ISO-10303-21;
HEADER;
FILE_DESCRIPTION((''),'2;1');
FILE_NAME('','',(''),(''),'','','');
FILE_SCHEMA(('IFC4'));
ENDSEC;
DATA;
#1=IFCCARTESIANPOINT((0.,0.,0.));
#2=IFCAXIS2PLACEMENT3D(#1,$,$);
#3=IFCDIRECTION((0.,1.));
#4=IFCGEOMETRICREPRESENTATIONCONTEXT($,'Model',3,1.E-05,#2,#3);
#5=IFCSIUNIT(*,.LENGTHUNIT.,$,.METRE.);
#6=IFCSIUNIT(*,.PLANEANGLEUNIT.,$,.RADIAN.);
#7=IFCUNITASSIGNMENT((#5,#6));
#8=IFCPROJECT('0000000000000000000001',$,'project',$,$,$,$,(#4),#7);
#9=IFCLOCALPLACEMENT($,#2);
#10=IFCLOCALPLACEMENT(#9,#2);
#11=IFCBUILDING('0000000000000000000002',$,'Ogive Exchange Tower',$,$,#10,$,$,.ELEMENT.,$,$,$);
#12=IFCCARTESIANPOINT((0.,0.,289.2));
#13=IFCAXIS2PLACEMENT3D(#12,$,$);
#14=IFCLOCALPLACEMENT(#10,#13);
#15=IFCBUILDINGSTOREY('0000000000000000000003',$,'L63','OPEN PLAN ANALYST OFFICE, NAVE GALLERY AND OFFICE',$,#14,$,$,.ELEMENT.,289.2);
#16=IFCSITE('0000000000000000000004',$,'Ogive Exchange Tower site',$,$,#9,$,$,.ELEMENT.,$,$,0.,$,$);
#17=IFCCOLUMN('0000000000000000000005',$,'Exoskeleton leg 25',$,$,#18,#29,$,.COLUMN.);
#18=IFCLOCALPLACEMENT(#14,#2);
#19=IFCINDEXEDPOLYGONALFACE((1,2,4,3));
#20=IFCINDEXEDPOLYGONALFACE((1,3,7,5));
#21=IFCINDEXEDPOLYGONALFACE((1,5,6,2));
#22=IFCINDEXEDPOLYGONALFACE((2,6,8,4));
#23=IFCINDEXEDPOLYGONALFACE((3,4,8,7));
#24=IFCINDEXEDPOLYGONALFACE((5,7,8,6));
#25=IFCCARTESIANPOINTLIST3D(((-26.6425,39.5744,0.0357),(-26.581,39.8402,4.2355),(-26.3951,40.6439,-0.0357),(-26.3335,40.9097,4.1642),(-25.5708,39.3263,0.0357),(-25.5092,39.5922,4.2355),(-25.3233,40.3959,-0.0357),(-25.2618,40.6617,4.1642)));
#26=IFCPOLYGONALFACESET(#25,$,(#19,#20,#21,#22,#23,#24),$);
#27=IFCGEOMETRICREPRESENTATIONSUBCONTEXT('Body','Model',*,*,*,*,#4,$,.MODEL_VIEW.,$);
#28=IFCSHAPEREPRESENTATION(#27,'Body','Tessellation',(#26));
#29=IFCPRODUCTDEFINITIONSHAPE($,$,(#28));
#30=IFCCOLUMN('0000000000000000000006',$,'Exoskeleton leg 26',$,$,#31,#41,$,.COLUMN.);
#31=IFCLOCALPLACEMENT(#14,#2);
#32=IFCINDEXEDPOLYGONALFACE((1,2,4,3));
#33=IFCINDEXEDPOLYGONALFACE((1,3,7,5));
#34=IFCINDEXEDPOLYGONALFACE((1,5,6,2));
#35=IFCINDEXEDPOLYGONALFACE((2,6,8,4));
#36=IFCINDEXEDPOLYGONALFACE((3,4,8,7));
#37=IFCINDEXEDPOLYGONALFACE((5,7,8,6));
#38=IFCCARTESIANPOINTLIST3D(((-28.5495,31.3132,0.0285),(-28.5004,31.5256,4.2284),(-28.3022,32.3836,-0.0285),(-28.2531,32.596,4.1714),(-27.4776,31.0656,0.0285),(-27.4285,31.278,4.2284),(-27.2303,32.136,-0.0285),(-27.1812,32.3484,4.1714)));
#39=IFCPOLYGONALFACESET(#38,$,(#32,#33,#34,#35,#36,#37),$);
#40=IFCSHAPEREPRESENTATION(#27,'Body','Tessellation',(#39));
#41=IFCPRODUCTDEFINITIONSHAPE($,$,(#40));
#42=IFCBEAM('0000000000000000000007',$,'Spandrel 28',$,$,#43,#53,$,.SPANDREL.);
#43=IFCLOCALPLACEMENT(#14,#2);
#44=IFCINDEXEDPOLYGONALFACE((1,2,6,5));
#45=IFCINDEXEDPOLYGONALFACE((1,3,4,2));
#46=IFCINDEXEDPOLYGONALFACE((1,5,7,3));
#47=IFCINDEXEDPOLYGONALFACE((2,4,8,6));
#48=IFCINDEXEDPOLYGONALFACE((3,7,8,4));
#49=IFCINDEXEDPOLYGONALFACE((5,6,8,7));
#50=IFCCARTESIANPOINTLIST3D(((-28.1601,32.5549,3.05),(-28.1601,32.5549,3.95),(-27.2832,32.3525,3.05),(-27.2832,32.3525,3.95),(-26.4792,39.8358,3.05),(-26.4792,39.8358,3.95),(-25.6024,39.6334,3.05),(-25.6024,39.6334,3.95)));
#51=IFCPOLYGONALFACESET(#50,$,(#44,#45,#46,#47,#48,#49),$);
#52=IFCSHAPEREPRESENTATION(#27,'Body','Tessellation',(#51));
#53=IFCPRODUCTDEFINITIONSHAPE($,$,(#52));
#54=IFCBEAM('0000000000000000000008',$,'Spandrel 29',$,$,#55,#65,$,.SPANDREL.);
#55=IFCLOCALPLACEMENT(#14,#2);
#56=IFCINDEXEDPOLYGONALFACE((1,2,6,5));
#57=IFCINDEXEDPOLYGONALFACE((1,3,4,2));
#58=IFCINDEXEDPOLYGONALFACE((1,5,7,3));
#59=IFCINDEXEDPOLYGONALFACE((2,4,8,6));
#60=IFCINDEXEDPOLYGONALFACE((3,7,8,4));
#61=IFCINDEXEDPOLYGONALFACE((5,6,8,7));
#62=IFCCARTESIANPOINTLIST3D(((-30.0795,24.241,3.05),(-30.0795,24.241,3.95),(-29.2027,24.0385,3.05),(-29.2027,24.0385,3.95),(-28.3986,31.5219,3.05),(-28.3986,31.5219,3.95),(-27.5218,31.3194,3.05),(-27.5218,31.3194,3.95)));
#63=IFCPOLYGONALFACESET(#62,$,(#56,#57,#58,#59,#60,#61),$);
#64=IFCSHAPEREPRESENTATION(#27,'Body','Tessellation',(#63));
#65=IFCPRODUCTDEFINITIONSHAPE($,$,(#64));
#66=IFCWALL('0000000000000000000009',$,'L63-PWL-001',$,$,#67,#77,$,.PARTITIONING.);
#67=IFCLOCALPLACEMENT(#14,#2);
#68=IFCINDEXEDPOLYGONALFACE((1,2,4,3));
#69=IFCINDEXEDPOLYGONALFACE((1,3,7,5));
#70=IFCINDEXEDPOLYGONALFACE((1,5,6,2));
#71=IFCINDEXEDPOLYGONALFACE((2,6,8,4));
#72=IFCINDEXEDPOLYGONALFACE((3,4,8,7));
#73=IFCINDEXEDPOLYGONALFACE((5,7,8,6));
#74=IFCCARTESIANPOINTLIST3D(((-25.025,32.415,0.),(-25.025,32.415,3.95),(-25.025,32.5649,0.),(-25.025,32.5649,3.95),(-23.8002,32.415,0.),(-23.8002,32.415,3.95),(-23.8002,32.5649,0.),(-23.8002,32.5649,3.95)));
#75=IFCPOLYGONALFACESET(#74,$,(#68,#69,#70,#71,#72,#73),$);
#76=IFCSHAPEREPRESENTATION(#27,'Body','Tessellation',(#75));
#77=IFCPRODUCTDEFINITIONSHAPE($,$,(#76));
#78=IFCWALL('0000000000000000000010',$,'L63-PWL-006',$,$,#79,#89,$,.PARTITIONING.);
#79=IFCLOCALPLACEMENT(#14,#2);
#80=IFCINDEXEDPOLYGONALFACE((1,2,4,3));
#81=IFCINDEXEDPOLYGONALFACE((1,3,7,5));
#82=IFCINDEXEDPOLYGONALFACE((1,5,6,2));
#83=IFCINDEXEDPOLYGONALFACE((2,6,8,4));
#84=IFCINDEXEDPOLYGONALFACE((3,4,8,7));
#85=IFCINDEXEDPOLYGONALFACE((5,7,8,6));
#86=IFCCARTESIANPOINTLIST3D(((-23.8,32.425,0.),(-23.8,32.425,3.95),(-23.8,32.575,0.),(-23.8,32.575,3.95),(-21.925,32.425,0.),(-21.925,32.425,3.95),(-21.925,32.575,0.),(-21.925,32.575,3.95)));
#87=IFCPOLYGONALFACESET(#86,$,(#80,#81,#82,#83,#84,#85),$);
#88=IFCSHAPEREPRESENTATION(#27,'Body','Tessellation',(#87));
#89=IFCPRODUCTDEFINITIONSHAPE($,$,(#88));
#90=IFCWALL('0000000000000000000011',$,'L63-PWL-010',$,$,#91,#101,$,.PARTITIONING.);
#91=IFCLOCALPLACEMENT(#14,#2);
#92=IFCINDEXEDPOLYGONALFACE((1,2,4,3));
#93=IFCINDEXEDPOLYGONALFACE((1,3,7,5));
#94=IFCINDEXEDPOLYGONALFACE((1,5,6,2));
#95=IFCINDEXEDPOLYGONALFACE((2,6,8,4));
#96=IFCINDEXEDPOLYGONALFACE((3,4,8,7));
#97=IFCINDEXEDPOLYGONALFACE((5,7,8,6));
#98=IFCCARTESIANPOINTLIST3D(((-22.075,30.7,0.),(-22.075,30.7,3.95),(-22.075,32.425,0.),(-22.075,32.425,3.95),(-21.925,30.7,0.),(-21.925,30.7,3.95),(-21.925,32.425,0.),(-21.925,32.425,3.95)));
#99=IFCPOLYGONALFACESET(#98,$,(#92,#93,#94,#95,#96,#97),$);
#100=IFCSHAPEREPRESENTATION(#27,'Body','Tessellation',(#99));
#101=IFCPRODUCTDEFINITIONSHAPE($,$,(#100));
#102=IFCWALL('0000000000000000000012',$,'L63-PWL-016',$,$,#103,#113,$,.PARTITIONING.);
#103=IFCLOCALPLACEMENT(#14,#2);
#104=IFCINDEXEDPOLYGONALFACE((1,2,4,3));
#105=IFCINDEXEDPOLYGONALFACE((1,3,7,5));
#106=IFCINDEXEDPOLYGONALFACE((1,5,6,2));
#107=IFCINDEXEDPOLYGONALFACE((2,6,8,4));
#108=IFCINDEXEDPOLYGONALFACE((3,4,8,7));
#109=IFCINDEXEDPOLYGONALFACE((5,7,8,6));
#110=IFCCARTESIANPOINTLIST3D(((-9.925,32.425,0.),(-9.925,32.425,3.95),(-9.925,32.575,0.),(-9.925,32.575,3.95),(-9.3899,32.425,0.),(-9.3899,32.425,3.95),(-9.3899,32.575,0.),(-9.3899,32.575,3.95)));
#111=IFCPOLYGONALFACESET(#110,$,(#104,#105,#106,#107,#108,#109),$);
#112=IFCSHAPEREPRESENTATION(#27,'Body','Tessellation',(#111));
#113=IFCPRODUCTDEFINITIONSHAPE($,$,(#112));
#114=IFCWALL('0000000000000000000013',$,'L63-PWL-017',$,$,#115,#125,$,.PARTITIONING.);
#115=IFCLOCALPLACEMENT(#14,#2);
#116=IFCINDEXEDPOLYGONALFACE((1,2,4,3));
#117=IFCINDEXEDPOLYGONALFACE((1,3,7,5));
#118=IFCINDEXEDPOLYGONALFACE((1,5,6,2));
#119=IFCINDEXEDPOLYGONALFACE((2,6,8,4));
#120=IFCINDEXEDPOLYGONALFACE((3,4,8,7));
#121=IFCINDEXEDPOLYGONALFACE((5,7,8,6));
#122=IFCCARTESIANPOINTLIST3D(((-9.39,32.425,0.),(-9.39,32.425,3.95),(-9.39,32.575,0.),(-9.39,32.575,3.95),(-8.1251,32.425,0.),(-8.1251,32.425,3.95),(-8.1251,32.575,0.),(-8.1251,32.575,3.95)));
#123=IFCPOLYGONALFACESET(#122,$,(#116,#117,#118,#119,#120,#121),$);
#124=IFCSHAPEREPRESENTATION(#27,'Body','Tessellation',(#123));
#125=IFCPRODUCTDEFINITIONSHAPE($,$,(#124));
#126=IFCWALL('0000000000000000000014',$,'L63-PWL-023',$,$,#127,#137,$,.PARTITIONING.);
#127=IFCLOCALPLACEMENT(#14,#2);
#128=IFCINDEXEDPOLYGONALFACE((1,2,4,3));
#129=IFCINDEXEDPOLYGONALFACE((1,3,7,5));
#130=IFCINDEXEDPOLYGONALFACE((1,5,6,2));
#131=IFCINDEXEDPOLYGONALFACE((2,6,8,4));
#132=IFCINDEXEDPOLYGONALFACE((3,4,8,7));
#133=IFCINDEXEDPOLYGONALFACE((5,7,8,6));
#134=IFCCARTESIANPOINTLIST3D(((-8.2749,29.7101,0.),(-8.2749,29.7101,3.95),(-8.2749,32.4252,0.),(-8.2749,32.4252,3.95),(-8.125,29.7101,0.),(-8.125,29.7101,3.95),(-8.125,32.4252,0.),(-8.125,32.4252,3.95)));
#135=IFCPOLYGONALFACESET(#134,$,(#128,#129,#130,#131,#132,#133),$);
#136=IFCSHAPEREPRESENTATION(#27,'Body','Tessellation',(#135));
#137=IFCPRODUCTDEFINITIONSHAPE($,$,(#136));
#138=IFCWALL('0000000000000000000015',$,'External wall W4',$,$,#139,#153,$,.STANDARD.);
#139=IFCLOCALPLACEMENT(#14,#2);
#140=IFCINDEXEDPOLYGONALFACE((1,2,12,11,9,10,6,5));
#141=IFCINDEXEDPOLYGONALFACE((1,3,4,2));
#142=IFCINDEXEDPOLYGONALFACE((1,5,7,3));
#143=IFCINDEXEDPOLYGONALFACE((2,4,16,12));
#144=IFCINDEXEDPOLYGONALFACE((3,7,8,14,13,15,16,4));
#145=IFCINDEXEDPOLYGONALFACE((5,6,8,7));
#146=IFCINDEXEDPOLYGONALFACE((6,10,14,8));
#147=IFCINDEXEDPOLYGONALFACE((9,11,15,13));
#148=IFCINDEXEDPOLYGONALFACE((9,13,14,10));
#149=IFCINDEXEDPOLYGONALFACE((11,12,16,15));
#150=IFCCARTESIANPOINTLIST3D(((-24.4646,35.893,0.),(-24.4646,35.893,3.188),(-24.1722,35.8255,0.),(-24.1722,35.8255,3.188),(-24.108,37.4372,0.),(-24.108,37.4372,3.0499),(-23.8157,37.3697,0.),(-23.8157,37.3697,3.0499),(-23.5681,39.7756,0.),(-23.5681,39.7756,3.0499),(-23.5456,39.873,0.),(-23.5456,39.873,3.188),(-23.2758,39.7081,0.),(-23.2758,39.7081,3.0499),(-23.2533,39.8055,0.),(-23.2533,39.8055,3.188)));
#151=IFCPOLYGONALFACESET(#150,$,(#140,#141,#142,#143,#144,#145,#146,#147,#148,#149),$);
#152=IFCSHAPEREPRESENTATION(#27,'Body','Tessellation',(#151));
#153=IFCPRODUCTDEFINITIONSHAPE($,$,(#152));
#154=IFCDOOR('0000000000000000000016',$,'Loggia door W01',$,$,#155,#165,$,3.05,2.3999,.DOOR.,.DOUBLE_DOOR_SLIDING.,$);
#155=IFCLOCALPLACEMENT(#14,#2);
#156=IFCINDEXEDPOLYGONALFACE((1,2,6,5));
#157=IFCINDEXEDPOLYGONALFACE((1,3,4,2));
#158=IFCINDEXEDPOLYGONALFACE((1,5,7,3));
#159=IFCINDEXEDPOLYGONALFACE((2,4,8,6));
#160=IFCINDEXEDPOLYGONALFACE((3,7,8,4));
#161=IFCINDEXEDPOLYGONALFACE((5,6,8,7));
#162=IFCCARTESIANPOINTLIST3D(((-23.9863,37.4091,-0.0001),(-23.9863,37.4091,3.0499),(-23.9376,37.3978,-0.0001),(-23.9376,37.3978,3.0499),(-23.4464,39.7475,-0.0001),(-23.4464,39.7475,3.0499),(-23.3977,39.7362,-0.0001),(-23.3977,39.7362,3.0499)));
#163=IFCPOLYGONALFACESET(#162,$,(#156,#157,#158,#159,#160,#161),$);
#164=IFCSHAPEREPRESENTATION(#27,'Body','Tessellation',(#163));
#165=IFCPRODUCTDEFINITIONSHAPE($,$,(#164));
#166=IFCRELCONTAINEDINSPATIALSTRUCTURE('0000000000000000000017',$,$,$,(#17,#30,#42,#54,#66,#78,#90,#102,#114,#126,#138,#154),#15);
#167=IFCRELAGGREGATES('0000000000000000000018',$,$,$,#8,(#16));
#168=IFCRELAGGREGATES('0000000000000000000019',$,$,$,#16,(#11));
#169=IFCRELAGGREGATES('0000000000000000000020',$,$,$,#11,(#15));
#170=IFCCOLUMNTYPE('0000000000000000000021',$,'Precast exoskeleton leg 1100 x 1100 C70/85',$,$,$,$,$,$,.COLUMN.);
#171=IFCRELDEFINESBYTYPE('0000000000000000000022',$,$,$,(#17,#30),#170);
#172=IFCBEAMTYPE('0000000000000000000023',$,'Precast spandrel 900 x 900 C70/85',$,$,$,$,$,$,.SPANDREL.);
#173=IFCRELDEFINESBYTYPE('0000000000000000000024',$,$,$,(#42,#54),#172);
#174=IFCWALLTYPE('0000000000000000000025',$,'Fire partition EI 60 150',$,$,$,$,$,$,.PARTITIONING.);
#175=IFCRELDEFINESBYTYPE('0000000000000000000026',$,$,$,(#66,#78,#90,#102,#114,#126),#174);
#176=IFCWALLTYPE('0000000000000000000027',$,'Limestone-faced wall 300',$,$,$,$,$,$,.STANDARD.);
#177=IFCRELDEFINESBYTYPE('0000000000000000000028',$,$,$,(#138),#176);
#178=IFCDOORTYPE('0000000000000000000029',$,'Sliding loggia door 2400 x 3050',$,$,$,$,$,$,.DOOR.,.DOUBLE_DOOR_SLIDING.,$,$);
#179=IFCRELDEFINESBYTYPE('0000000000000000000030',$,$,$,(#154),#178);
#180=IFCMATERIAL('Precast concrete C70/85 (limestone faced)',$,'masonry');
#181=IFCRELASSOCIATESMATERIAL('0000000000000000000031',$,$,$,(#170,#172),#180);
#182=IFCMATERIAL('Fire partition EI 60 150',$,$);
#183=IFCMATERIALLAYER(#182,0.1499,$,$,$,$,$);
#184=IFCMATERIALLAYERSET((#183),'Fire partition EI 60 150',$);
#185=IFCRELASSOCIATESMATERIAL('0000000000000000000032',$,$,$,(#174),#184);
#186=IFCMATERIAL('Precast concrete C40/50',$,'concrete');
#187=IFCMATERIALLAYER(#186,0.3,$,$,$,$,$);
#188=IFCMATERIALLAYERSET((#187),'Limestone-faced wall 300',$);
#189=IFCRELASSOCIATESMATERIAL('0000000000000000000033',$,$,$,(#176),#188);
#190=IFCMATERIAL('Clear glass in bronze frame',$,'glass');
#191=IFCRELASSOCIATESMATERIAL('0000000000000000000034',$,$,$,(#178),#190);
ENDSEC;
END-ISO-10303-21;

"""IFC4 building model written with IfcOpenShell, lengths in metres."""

from ifc_helpers import new_model, si_unit, direction, frame, frame_2d, origin, origin_2d, place, context, subcontext, project, spatial, rectangle, extrude, material, layer, layer_set, material_profile, profile_set, type_object, element, fill, save


model = new_model("IFC4")

# Units and contexts
model_context = context("Model", 3, precision=1e-05, world=origin(), true_north=direction((0.0, 1.0)))
body_context = subcontext(model_context, "Body", "Model", "MODEL_VIEW")
ifc_project = project(units=[si_unit("LENGTHUNIT", "METRE"), si_unit("PLANEANGLEUNIT", "RADIAN")], contexts=[model_context])

# Site, building, storey
site_placement = place(None, origin())
site = spatial("IfcSite", under=ifc_project, at=site_placement, Name="Ogive Exchange Tower site", CompositionType="ELEMENT", RefElevation=0.0)
building_placement = place(site_placement, origin())
building = spatial("IfcBuilding", under=site, at=building_placement, Name="Ogive Exchange Tower", CompositionType="ELEMENT")
storey_placement = place(building_placement, frame((0.0, 0.0, 289.2)))
storey = spatial("IfcBuildingStorey", under=building, at=storey_placement, Name="L63", Description="OPEN PLAN ANALYST OFFICE, NAVE GALLERY AND OFFICE", CompositionType="ELEMENT", Elevation=289.2)

# Columns
ifc_material_1 = material(Name="Precast concrete C70/85 (limestone faced)", Category="masonry")
ifc_material_profile_1 = material_profile(ifc_material_1, rectangle(XDim=1.1001, YDim=1.1001, at=origin_2d()), Name="1100 x 1100")
ifc_profile_set_1 = profile_set([ifc_material_profile_1], Name="Precast concrete C70/85 (limestone faced)")
column_type = type_object("IfcColumnType", Name="Precast exoskeleton leg 1100 x 1100 C70/85", PredefinedType="COLUMN", material=ifc_profile_set_1)
column_1_placement = place(storey_placement, frame((-25.9829, 39.9851, 0.0), z_axis=(0.014618, 0.06317, 0.997896), x_axis=(-0.974255, 0.225448, 0.0)))
element("IfcColumn", 1, at=column_1_placement, inside=storey, type_object=column_type, Name="Exoskeleton leg 25", PredefinedType="COLUMN", context=body_context, shape_type="SweptSolid", body=[
    extrude(rectangle(XDim=1.1001, YDim=1.1001, at=origin_2d()), origin(), (0.0, 0.0, 1.0), 4.2087),
])
column_2_placement = place(storey_placement, frame((-27.8899, 31.7246, 0.0), z_axis=(0.011668, 0.050505, 0.998656), x_axis=(-0.974335, 0.225105, 0.0)))
element("IfcColumn", 2, at=column_2_placement, inside=storey, type_object=column_type, Name="Exoskeleton leg 26", PredefinedType="COLUMN", context=body_context, shape_type="SweptSolid", body=[
    extrude(rectangle(XDim=1.1001, YDim=1.1001, at=origin_2d()), origin(), (0.0, 0.0, 1.0), 4.2056),
])

# Beams
ifc_material_profile_2 = material_profile(ifc_material_1, rectangle(XDim=0.8999, YDim=0.8999, at=origin_2d()), Name="900 x 900")
ifc_profile_set_2 = profile_set([ifc_material_profile_2], Name="Precast concrete C70/85 (limestone faced)")
beam_type = type_object("IfcBeamType", Name="Precast spandrel 900 x 900 C70/85", PredefinedType="SPANDREL", material=ifc_profile_set_2)
for number, where, z_axis, x_axis, name in (
    (3, (-26.0408, 39.7346, 3.5), (-0.224945, -0.974371, 0.0), (0.974371, -0.224945, 0.0), "Spandrel 28"),
    (4, (-27.9602, 31.4207, 3.5), (-0.224945, -0.974371, 0.0), (0.974371, -0.224945, 0.0), "Spandrel 29"),
):
    element("IfcBeam", number, at=place(storey_placement, frame(where, z_axis=z_axis, x_axis=x_axis)), inside=storey, type_object=beam_type, Name=name, PredefinedType="SPANDREL", context=body_context, shape_type="SweptSolid", body=[
        extrude(rectangle(XDim=0.8999, YDim=0.8999, at=origin_2d()), origin(), (0.0, 0.0, 1.0), 7.4724),
    ])

# Walls
ifc_material_2 = material(Name="Fire partition EI 60 150")
ifc_layer_1 = layer(ifc_material_2, 0.1499)
ifc_layer_set_1 = layer_set([ifc_layer_1], Name="Fire partition EI 60 150")
wall_type_1 = type_object("IfcWallType", Name="Fire partition EI 60 150", PredefinedType="PARTITIONING", material=ifc_layer_set_1)
wall_1_placement = place(storey_placement, frame((-25.0249, 32.49, 0.0), z_axis=(0.0, 0.0, 1.0), x_axis=(1.0, 0.0, 0.0)))
element("IfcWall", 5, at=wall_1_placement, inside=storey, type_object=wall_type_1, Name="L63-PWL-001", PredefinedType="PARTITIONING", context=body_context, shape_type="SweptSolid", body=[
    extrude(rectangle(XDim=1.2249, YDim=0.1499, at=frame_2d((0.6123, 0.0))), origin(), (0.0, 0.0, 1.0), 3.95),
])
wall_2_placement = place(storey_placement, frame((-23.8, 32.5, 0.0), z_axis=(0.0, 0.0, 1.0), x_axis=(1.0, 0.0, 0.0)))
element("IfcWall", 6, at=wall_2_placement, inside=storey, type_object=wall_type_1, Name="L63-PWL-006", PredefinedType="PARTITIONING", context=body_context, shape_type="SweptSolid", body=[
    extrude(rectangle(XDim=1.875, YDim=0.1499, at=frame_2d((0.9375, 0.0))), origin(), (0.0, 0.0, 1.0), 3.95),
])
wall_3_placement = place(storey_placement, frame((-22.0, 32.425, 0.0), z_axis=(0.0, 0.0, 1.0), x_axis=(0.0, -1.0, 0.0)))
element("IfcWall", 7, at=wall_3_placement, inside=storey, type_object=wall_type_1, Name="L63-PWL-010", PredefinedType="PARTITIONING", context=body_context, shape_type="SweptSolid", body=[
    extrude(rectangle(XDim=1.7251, YDim=0.1499, at=frame_2d((0.8625, 0.0))), origin(), (0.0, 0.0, 1.0), 3.95),
])
wall_4_placement = place(storey_placement, frame((-9.925, 32.5, 0.0), z_axis=(0.0, 0.0, 1.0), x_axis=(1.0, 0.0, 0.0)))
element("IfcWall", 8, at=wall_4_placement, inside=storey, type_object=wall_type_1, Name="L63-PWL-016", PredefinedType="PARTITIONING", context=body_context, shape_type="SweptSolid", body=[
    extrude(rectangle(XDim=0.5352, YDim=0.1499, at=frame_2d((0.2676, 0.0))), origin(), (0.0, 0.0, 1.0), 3.95),
])
wall_5_placement = place(storey_placement, frame((-9.3899, 32.5, 0.0), z_axis=(0.0, 0.0, 1.0), x_axis=(1.0, 0.0, 0.0)))
element("IfcWall", 9, at=wall_5_placement, inside=storey, type_object=wall_type_1, Name="L63-PWL-017", PredefinedType="PARTITIONING", context=body_context, shape_type="SweptSolid", body=[
    extrude(rectangle(XDim=1.2649, YDim=0.1499, at=frame_2d((0.6323, 0.0))), origin(), (0.0, 0.0, 1.0), 3.95),
])
wall_6_placement = place(storey_placement, frame((-8.2, 32.425, 0.0), z_axis=(0.0, 0.0, 1.0), x_axis=(0.0, -1.0, 0.0)))
element("IfcWall", 10, at=wall_6_placement, inside=storey, type_object=wall_type_1, Name="L63-PWL-023", PredefinedType="PARTITIONING", context=body_context, shape_type="SweptSolid", body=[
    extrude(rectangle(XDim=2.7151, YDim=0.1499, at=frame_2d((1.3574, 0.0))), origin(), (0.0, 0.0, 1.0), 3.95),
])

# Wall, opening, door
ifc_material_3 = material(Name="Precast concrete C40/50", Category="concrete")
ifc_layer_2 = layer(ifc_material_3, 0.3)
ifc_layer_set_2 = layer_set([ifc_layer_2], Name="Limestone-faced wall 300")
wall_type_2 = type_object("IfcWallType", Name="Limestone-faced wall 300", PredefinedType="STANDARD", material=ifc_layer_set_2)
wall_7_placement = place(storey_placement, frame((-23.3994, 39.8394, 0.0), z_axis=(0.0, 0.0, 1.0), x_axis=(-0.224973, -0.974365, 0.0)))
wall_7 = element("IfcWall", 11, at=wall_7_placement, inside=storey, type_object=wall_type_2, Name="External wall W4", PredefinedType="STANDARD", context=body_context, shape_type="SweptSolid", body=[
    extrude(rectangle(XDim=4.0847, YDim=0.3, at=frame_2d((2.0425, 0.0))), origin(), (0.0, 0.0, 1.0), 3.188),
])
opening_1_placement = place(wall_7_placement, frame((0.1001, 0.0, 0.0)))
opening_1 = element("IfcOpeningElement", 12, at=opening_1_placement, cuts=wall_7, PredefinedType="OPENING", context=body_context, shape_type="SweptSolid", body=[
    extrude(rectangle(XDim=2.3999, YDim=3.05, at=frame_2d((1.2, 1.5249))), frame((0.0, 0.1599, 0.0), z_axis=(0.0, -1.0, 0.0), x_axis=(1.0, 0.0, 0.0)), (0.0, 0.0, 1.0), 0.3201),
])
ifc_material_4 = material(Name="Clear glass in bronze frame", Category="glass")
door_type_1 = type_object("IfcDoorType", Name="Sliding loggia door 2400 x 3050", OperationType="DOUBLE_DOOR_SLIDING", PredefinedType="DOOR", material=ifc_material_4)
door_1_placement = place(opening_1_placement, origin())
door_1 = element("IfcDoor", 13, at=door_1_placement, inside=storey, type_object=door_type_1, Name="Loggia door W01", OperationType="DOUBLE_DOOR_SLIDING", OverallHeight=3.05, OverallWidth=2.3999, PredefinedType="DOOR", context=body_context, shape_type="SweptSolid", body=[
    extrude(rectangle(XDim=2.3999, YDim=3.05, at=frame_2d((1.2, 1.5249))), frame((0.0, 0.0249, 0.0), z_axis=(0.0, -1.0, 0.0), x_axis=(1.0, 0.0, 0.0)), (0.0, 0.0, 1.0), 0.05),
])
fill(opening_1, door_1)

save(model, "model.ifc")
